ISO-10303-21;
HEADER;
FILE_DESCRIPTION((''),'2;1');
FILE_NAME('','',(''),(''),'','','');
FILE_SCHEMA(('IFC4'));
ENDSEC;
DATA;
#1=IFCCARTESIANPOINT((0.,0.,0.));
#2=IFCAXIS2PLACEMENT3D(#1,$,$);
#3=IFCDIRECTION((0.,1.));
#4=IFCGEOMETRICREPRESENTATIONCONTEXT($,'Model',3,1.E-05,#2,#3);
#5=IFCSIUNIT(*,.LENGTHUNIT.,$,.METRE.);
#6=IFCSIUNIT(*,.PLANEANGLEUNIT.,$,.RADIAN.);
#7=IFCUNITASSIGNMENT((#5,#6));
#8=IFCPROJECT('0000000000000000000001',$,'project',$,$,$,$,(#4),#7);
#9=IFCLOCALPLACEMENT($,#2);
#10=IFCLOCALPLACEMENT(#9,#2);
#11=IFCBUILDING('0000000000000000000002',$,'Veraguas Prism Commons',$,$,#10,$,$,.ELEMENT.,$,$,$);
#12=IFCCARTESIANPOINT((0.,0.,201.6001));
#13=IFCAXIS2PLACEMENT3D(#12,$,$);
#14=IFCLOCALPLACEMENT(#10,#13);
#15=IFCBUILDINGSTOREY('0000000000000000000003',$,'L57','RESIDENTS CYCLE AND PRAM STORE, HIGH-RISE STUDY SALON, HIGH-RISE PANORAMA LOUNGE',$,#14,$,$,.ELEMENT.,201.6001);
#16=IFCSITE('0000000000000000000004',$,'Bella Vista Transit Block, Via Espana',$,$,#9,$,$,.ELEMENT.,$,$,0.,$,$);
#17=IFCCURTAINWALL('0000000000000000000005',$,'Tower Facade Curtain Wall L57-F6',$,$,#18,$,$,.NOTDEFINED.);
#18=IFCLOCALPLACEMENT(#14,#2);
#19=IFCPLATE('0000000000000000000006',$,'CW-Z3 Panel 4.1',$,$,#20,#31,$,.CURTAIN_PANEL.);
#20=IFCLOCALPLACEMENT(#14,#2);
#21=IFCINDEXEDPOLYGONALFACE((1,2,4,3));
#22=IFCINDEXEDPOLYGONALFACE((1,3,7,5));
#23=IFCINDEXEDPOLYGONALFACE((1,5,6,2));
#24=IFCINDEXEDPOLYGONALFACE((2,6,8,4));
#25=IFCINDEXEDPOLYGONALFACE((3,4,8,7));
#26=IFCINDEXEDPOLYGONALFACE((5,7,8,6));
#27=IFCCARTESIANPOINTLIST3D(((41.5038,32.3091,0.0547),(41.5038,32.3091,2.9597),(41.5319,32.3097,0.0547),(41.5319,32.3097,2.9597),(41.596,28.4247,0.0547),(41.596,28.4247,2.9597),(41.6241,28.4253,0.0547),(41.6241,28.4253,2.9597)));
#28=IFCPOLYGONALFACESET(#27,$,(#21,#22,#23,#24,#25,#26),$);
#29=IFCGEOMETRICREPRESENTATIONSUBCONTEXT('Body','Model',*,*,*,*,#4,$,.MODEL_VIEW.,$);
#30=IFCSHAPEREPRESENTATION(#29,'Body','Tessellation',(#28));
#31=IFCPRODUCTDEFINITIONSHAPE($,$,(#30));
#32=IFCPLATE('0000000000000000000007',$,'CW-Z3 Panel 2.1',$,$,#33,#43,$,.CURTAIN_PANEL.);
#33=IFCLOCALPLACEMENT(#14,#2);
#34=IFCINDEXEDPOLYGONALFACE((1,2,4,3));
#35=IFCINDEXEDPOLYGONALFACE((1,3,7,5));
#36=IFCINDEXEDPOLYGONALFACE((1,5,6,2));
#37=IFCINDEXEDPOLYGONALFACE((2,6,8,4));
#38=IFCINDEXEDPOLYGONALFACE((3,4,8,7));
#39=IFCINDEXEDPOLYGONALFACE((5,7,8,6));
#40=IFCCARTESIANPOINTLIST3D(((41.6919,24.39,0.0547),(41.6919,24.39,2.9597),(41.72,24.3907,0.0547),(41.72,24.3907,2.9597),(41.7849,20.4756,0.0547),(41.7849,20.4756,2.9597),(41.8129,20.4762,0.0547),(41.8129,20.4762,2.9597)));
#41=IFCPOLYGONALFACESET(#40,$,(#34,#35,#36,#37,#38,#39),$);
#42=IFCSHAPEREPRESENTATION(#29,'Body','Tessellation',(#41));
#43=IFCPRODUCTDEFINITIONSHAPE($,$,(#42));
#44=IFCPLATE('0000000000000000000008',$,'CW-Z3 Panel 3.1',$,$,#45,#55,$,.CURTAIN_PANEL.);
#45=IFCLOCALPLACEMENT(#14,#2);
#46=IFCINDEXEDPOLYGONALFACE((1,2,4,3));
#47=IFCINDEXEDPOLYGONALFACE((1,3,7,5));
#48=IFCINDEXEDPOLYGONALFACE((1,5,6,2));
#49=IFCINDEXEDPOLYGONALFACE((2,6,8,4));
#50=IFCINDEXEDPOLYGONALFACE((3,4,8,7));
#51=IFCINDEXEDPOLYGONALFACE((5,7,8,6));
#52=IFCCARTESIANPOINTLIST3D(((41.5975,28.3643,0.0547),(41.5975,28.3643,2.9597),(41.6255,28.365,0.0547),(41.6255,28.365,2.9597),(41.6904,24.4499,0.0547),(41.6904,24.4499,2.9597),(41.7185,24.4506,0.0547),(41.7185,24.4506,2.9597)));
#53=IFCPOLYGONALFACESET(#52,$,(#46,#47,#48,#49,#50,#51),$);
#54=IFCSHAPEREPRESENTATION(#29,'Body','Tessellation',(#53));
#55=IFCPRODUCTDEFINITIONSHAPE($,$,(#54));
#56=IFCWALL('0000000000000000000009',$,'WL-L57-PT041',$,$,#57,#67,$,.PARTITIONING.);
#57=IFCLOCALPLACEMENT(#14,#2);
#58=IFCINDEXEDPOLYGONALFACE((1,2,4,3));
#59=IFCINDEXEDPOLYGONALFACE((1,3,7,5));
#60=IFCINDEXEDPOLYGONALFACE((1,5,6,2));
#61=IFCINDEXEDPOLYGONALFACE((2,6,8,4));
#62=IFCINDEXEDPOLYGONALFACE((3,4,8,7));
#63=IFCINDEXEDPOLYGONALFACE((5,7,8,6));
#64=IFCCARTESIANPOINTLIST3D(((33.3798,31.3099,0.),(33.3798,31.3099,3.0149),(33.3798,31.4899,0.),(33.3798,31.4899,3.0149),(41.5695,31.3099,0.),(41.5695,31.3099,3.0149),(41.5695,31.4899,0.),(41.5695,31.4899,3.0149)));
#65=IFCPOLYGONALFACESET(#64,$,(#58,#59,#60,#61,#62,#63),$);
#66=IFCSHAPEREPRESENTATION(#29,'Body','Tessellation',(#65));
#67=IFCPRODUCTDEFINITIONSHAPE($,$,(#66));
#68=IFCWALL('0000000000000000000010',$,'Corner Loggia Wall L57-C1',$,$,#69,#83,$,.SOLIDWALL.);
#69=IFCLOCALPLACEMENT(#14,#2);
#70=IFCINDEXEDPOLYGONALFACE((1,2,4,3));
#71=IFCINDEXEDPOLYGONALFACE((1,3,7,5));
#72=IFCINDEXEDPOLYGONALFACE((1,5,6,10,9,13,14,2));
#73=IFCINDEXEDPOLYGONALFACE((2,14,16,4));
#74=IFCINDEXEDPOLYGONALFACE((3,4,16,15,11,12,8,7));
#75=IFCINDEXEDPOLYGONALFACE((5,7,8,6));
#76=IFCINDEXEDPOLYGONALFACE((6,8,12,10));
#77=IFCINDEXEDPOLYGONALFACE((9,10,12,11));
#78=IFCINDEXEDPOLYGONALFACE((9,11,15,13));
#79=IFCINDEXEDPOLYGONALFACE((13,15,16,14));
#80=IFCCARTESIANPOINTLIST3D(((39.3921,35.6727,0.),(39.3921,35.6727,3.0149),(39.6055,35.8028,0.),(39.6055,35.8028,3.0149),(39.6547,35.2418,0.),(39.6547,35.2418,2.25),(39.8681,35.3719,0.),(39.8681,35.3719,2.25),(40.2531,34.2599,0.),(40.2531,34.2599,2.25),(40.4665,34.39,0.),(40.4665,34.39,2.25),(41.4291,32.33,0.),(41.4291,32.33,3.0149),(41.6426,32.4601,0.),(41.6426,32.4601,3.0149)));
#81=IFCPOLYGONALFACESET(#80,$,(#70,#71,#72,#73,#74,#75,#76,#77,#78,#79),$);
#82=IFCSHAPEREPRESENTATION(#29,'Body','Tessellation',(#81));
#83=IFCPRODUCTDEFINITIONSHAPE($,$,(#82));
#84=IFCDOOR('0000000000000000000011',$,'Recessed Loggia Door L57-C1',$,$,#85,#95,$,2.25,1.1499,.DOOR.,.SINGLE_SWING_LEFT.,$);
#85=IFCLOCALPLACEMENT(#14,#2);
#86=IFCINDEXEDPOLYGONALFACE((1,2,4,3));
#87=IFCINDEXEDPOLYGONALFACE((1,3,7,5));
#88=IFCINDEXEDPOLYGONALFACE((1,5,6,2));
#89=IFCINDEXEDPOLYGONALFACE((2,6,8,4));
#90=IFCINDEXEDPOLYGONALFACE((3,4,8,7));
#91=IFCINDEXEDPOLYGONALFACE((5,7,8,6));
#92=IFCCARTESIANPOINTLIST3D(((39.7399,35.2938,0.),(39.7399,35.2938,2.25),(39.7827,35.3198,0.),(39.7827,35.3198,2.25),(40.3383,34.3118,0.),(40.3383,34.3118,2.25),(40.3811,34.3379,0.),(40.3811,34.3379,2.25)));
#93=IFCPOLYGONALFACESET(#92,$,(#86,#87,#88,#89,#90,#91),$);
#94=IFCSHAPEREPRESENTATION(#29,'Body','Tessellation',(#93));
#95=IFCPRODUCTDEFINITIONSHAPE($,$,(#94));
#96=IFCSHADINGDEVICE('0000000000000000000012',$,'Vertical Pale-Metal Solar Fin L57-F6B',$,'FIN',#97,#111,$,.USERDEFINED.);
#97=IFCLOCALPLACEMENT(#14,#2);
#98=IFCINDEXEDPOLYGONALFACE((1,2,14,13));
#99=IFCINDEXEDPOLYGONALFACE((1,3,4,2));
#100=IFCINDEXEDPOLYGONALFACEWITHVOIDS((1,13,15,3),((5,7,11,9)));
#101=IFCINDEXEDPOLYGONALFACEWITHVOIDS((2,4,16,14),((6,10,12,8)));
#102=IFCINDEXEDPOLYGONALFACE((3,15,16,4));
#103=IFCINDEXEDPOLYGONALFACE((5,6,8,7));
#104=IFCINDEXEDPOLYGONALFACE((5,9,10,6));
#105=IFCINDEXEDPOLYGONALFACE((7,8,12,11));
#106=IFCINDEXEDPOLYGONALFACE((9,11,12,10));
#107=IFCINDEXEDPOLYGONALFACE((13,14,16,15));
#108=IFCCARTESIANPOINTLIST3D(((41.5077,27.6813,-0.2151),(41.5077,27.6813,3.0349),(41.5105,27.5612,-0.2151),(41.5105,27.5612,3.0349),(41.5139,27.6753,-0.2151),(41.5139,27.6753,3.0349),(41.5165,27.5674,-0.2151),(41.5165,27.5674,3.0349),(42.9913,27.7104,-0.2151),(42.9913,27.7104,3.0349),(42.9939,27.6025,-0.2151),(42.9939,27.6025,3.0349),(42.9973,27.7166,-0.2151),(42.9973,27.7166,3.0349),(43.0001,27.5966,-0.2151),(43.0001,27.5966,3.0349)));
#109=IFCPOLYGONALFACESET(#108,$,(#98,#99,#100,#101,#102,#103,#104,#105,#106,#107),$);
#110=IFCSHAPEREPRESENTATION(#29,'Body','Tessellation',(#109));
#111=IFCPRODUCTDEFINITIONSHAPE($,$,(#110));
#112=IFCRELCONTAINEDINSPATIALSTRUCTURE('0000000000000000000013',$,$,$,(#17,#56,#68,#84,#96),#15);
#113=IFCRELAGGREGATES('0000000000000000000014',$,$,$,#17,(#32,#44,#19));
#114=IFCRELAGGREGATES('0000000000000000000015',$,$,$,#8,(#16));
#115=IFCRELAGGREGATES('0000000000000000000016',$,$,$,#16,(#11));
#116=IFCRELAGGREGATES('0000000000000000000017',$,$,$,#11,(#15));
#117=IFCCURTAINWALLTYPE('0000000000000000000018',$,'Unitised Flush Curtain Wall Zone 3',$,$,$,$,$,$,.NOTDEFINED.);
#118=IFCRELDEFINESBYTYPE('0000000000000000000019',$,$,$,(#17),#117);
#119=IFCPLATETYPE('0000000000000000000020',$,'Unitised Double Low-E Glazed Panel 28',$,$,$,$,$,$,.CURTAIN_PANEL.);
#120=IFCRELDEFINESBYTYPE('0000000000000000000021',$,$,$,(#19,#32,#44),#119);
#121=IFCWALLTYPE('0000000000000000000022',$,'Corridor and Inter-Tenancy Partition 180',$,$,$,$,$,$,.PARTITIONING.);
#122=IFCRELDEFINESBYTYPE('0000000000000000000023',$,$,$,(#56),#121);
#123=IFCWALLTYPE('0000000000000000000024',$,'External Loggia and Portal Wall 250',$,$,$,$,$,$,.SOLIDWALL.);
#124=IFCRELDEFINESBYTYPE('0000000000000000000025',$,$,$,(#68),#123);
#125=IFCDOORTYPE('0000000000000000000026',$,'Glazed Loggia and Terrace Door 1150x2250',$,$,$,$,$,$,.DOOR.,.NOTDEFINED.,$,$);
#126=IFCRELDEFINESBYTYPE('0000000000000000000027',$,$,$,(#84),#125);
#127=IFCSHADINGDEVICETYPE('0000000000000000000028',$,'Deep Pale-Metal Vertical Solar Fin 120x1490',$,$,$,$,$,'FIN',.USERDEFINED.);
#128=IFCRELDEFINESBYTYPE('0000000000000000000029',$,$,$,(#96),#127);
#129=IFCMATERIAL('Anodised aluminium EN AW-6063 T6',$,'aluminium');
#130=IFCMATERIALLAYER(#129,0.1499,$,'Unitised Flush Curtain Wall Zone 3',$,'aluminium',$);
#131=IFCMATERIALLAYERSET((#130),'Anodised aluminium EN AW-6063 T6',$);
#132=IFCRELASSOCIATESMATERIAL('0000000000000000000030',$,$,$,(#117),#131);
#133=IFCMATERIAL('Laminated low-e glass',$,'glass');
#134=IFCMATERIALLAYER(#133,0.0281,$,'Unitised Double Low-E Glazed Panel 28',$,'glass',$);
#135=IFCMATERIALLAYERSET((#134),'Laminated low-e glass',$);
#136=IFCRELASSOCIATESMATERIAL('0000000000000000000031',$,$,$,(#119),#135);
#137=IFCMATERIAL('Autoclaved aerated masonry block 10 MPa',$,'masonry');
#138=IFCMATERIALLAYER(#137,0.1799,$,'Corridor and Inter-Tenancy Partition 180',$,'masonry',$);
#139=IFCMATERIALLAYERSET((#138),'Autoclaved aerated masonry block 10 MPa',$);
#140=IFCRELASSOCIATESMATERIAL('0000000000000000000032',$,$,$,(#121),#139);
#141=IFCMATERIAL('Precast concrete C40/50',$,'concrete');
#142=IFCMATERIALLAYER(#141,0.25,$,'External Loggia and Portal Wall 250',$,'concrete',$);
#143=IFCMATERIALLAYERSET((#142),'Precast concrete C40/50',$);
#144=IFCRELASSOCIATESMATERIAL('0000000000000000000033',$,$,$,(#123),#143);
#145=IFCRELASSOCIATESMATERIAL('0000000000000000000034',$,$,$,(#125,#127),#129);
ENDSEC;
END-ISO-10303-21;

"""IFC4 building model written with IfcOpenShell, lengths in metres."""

from ifc_helpers import new_model, si_unit, direction, frame, frame_2d, origin, origin_2d, place, context, subcontext, project, spatial, rectangle, hollow_rectangle, extrude, source, transform, mapped, material, layer, layer_set, material_profile, profile_set, type_object, element, fill, aggregate, save


model = new_model("IFC4")

# Units and contexts
model_context = context("Model", 3, precision=1e-05, world=origin(), true_north=direction((0.0, 1.0)))
body_context = subcontext(model_context, "Body", "Model", "MODEL_VIEW")
ifc_project = project(units=[si_unit("LENGTHUNIT", "METRE"), si_unit("PLANEANGLEUNIT", "RADIAN")], contexts=[model_context])

# Site, building, storey
site_placement = place(None, origin())
site = spatial("IfcSite", under=ifc_project, at=site_placement, Name="Bella Vista Transit Block, Via Espana", CompositionType="ELEMENT", RefElevation=0.0)
building_placement = place(site_placement, origin())
building = spatial("IfcBuilding", under=site, at=building_placement, Name="Veraguas Prism Commons", CompositionType="ELEMENT")
storey_placement = place(building_placement, frame((0.0, 0.0, 201.6001)))
storey = spatial("IfcBuildingStorey", under=building, at=storey_placement, Name="L57", Description="RESIDENTS CYCLE AND PRAM STORE, HIGH-RISE STUDY SALON, HIGH-RISE PANORAMA LOUNGE", CompositionType="ELEMENT", Elevation=201.6001)

# Curtain wall, plates
ifc_material_1 = material(Name="Anodised aluminium EN AW-6063 T6", Category="aluminium")
ifc_layer_1 = layer(ifc_material_1, 0.1499, Name="Unitised Flush Curtain Wall Zone 3", Category="aluminium")
ifc_layer_set_1 = layer_set([ifc_layer_1], Name="Anodised aluminium EN AW-6063 T6")
curtain_wall_type = type_object("IfcCurtainWallType", Name="Unitised Flush Curtain Wall Zone 3", PredefinedType="NOTDEFINED", material=ifc_layer_set_1)
curtain_wall_placement = place(storey_placement, origin())
curtain_wall = element("IfcCurtainWall", 1, at=curtain_wall_placement, inside=storey, type_object=curtain_wall_type, Name="Tower Facade Curtain Wall L57-F6", PredefinedType="NOTDEFINED")
ifc_material_2 = material(Name="Laminated low-e glass", Category="glass")
ifc_layer_2 = layer(ifc_material_2, 0.0281, Name="Unitised Double Low-E Glazed Panel 28", Category="glass")
ifc_layer_set_2 = layer_set([ifc_layer_2], Name="Laminated low-e glass")
plate_type = type_object("IfcPlateType", Name="Unitised Double Low-E Glazed Panel 28", PredefinedType="CURTAIN_PANEL", material=ifc_layer_set_2)
shared_shape_1 = source(origin(), body_context, "Body", "SweptSolid", [
    extrude(rectangle(XDim=3.8855, YDim=0.0281, at=origin_2d()), origin(), (0.0, 0.0, 1.0), 2.905),
])
plate_1_placement = place(storey_placement, frame((41.564, 30.3672, 0.0547), z_axis=(0.0, 0.0, 1.0), x_axis=(-0.023738, 0.999718, 0.0)))
plate_1 = element("IfcPlate", 2, at=plate_1_placement, type_object=plate_type, Name="CW-Z3 Panel 4.1", PredefinedType="CURTAIN_PANEL", context=body_context, shape_type="MappedRepresentation", body=[
    mapped(shared_shape_1, transform((0.0, 0.0, 0.0), scale=1.0)),
])
shared_shape_2 = source(origin(), body_context, "Body", "SweptSolid", [
    extrude(rectangle(XDim=3.9155, YDim=0.0281, at=origin_2d()), origin(), (0.0, 0.0, 1.0), 2.905),
])
plate_2_placement = place(storey_placement, frame((41.7524, 22.4331, 0.0547), z_axis=(0.0, 0.0, 1.0), x_axis=(-0.023738, 0.999718, 0.0)))
plate_2 = element("IfcPlate", 3, at=plate_2_placement, type_object=plate_type, Name="CW-Z3 Panel 2.1", PredefinedType="CURTAIN_PANEL", context=body_context, shape_type="MappedRepresentation", body=[
    mapped(shared_shape_2, transform((0.0, 0.0, 0.0), scale=1.0)),
])
plate_3_placement = place(storey_placement, frame((41.658, 26.4075, 0.0547), z_axis=(0.0, 0.0, 1.0), x_axis=(-0.023738, 0.999718, 0.0)))
plate_3 = element("IfcPlate", 4, at=plate_3_placement, type_object=plate_type, Name="CW-Z3 Panel 3.1", PredefinedType="CURTAIN_PANEL", context=body_context, shape_type="MappedRepresentation", body=[
    mapped(shared_shape_2, transform((0.0, 0.0, 0.0), scale=1.0)),
])
aggregate(curtain_wall, [plate_2, plate_3, plate_1])

# Wall
ifc_material_3 = material(Name="Autoclaved aerated masonry block 10 MPa", Category="masonry")
ifc_layer_3 = layer(ifc_material_3, 0.1799, Name="Corridor and Inter-Tenancy Partition 180", Category="masonry")
ifc_layer_set_3 = layer_set([ifc_layer_3], Name="Autoclaved aerated masonry block 10 MPa")
wall_type_1 = type_object("IfcWallType", Name="Corridor and Inter-Tenancy Partition 180", PredefinedType="PARTITIONING", material=ifc_layer_set_3)
wall_1_placement = place(storey_placement, frame((33.3799, 31.3999, 0.0), z_axis=(0.0, 0.0, 1.0), x_axis=(1.0, 0.0, 0.0)))
element("IfcWall", 5, at=wall_1_placement, inside=storey, type_object=wall_type_1, Name="WL-L57-PT041", PredefinedType="PARTITIONING", context=body_context, shape_type="SweptSolid", body=[
    extrude(rectangle(XDim=8.1897, YDim=0.1799, at=frame_2d((4.0947, 0.0))), origin(), (0.0, 0.0, 1.0), 3.0149),
])

# Wall, opening, door
ifc_material_4 = material(Name="Precast concrete C40/50", Category="concrete")
ifc_layer_4 = layer(ifc_material_4, 0.25, Name="External Loggia and Portal Wall 250", Category="concrete")
ifc_layer_set_4 = layer_set([ifc_layer_4], Name="Precast concrete C40/50")
wall_type_2 = type_object("IfcWallType", Name="External Loggia and Portal Wall 250", PredefinedType="SOLIDWALL", material=ifc_layer_set_4)
wall_2_placement = place(storey_placement, frame((41.5359, 32.395, 0.0), z_axis=(0.0, 0.0, 1.0), x_axis=(-0.52039, 0.853929, 0.0)))
wall_2 = element("IfcWall", 6, at=wall_2_placement, inside=storey, type_object=wall_type_2, Name="Corner Loggia Wall L57-C1", PredefinedType="SOLIDWALL", context=body_context, shape_type="SweptSolid", body=[
    extrude(rectangle(XDim=3.9146, YDim=0.25, at=frame_2d((1.9573, 0.0))), origin(), (0.0, 0.0, 1.0), 3.0149),
])
opening_placement = place(wall_2_placement, frame((2.26, 0.0, 0.0)))
opening = element("IfcOpeningElement", 7, at=opening_placement, cuts=wall_2, PredefinedType="OPENING", context=body_context, shape_type="SweptSolid", body=[
    extrude(rectangle(XDim=1.1499, YDim=2.25, at=frame_2d((0.575, 1.125))), frame((0.0, 0.135, 0.0), z_axis=(0.0, -1.0, 0.0), x_axis=(1.0, 0.0, 0.0)), (0.0, 0.0, 1.0), 0.27),
])
door_type = type_object("IfcDoorType", Name="Glazed Loggia and Terrace Door 1150x2250", OperationType="NOTDEFINED", PredefinedType="DOOR", material=ifc_material_1)
shared_shape_3 = source(origin(), body_context, "Body", "SweptSolid", [
    extrude(rectangle(XDim=1.1499, YDim=2.25, at=frame_2d((0.575, 1.125))), frame((0.0, 0.0249, 0.0), z_axis=(0.0, -1.0, 0.0), x_axis=(1.0, 0.0, 0.0)), (0.0, 0.0, 1.0), 0.05),
])
door_placement = place(opening_placement, frame((1.1499, 0.0, 0.0), z_axis=(0.0, 0.0, 1.0), x_axis=(-1.0, 0.0, 0.0)))
door = element("IfcDoor", 8, at=door_placement, inside=storey, type_object=door_type, Name="Recessed Loggia Door L57-C1", OperationType="SINGLE_SWING_LEFT", OverallHeight=2.25, OverallWidth=1.1499, PredefinedType="DOOR", context=body_context, shape_type="MappedRepresentation", body=[
    mapped(shared_shape_3, transform((0.0, 0.0, 0.0), scale=1.0)),
])
fill(opening, door)

# Shading device
ifc_material_profile_1 = material_profile(ifc_material_1, hollow_rectangle(XDim=0.1201, YDim=1.49, WallThickness=0.0061, at=origin_2d()), Name="FIN120X1490X6")
ifc_profile_set_1 = profile_set([ifc_material_profile_1], Name="Anodised aluminium EN AW-6063 T6")
shading_device_type = type_object("IfcShadingDeviceType", Name="Deep Pale-Metal Vertical Solar Fin 120x1490", ElementType="FIN", PredefinedType="USERDEFINED", material=ifc_profile_set_1)
shading_device_placement = place(storey_placement, frame((42.2539, 27.6389, -0.2151), z_axis=(0.0, 0.0, 1.0), x_axis=(-0.023736, 0.999718, 0.0)))
element("IfcShadingDevice", 9, at=shading_device_placement, inside=storey, type_object=shading_device_type, Name="Vertical Pale-Metal Solar Fin L57-F6B", ObjectType="FIN", PredefinedType="USERDEFINED", context=body_context, shape_type="SweptSolid", body=[
    extrude(hollow_rectangle(XDim=0.1201, YDim=1.49, WallThickness=0.0061, at=origin_2d()), origin(), (0.0, 0.0, 1.0), 3.25),
])

save(model, "model.ifc")
